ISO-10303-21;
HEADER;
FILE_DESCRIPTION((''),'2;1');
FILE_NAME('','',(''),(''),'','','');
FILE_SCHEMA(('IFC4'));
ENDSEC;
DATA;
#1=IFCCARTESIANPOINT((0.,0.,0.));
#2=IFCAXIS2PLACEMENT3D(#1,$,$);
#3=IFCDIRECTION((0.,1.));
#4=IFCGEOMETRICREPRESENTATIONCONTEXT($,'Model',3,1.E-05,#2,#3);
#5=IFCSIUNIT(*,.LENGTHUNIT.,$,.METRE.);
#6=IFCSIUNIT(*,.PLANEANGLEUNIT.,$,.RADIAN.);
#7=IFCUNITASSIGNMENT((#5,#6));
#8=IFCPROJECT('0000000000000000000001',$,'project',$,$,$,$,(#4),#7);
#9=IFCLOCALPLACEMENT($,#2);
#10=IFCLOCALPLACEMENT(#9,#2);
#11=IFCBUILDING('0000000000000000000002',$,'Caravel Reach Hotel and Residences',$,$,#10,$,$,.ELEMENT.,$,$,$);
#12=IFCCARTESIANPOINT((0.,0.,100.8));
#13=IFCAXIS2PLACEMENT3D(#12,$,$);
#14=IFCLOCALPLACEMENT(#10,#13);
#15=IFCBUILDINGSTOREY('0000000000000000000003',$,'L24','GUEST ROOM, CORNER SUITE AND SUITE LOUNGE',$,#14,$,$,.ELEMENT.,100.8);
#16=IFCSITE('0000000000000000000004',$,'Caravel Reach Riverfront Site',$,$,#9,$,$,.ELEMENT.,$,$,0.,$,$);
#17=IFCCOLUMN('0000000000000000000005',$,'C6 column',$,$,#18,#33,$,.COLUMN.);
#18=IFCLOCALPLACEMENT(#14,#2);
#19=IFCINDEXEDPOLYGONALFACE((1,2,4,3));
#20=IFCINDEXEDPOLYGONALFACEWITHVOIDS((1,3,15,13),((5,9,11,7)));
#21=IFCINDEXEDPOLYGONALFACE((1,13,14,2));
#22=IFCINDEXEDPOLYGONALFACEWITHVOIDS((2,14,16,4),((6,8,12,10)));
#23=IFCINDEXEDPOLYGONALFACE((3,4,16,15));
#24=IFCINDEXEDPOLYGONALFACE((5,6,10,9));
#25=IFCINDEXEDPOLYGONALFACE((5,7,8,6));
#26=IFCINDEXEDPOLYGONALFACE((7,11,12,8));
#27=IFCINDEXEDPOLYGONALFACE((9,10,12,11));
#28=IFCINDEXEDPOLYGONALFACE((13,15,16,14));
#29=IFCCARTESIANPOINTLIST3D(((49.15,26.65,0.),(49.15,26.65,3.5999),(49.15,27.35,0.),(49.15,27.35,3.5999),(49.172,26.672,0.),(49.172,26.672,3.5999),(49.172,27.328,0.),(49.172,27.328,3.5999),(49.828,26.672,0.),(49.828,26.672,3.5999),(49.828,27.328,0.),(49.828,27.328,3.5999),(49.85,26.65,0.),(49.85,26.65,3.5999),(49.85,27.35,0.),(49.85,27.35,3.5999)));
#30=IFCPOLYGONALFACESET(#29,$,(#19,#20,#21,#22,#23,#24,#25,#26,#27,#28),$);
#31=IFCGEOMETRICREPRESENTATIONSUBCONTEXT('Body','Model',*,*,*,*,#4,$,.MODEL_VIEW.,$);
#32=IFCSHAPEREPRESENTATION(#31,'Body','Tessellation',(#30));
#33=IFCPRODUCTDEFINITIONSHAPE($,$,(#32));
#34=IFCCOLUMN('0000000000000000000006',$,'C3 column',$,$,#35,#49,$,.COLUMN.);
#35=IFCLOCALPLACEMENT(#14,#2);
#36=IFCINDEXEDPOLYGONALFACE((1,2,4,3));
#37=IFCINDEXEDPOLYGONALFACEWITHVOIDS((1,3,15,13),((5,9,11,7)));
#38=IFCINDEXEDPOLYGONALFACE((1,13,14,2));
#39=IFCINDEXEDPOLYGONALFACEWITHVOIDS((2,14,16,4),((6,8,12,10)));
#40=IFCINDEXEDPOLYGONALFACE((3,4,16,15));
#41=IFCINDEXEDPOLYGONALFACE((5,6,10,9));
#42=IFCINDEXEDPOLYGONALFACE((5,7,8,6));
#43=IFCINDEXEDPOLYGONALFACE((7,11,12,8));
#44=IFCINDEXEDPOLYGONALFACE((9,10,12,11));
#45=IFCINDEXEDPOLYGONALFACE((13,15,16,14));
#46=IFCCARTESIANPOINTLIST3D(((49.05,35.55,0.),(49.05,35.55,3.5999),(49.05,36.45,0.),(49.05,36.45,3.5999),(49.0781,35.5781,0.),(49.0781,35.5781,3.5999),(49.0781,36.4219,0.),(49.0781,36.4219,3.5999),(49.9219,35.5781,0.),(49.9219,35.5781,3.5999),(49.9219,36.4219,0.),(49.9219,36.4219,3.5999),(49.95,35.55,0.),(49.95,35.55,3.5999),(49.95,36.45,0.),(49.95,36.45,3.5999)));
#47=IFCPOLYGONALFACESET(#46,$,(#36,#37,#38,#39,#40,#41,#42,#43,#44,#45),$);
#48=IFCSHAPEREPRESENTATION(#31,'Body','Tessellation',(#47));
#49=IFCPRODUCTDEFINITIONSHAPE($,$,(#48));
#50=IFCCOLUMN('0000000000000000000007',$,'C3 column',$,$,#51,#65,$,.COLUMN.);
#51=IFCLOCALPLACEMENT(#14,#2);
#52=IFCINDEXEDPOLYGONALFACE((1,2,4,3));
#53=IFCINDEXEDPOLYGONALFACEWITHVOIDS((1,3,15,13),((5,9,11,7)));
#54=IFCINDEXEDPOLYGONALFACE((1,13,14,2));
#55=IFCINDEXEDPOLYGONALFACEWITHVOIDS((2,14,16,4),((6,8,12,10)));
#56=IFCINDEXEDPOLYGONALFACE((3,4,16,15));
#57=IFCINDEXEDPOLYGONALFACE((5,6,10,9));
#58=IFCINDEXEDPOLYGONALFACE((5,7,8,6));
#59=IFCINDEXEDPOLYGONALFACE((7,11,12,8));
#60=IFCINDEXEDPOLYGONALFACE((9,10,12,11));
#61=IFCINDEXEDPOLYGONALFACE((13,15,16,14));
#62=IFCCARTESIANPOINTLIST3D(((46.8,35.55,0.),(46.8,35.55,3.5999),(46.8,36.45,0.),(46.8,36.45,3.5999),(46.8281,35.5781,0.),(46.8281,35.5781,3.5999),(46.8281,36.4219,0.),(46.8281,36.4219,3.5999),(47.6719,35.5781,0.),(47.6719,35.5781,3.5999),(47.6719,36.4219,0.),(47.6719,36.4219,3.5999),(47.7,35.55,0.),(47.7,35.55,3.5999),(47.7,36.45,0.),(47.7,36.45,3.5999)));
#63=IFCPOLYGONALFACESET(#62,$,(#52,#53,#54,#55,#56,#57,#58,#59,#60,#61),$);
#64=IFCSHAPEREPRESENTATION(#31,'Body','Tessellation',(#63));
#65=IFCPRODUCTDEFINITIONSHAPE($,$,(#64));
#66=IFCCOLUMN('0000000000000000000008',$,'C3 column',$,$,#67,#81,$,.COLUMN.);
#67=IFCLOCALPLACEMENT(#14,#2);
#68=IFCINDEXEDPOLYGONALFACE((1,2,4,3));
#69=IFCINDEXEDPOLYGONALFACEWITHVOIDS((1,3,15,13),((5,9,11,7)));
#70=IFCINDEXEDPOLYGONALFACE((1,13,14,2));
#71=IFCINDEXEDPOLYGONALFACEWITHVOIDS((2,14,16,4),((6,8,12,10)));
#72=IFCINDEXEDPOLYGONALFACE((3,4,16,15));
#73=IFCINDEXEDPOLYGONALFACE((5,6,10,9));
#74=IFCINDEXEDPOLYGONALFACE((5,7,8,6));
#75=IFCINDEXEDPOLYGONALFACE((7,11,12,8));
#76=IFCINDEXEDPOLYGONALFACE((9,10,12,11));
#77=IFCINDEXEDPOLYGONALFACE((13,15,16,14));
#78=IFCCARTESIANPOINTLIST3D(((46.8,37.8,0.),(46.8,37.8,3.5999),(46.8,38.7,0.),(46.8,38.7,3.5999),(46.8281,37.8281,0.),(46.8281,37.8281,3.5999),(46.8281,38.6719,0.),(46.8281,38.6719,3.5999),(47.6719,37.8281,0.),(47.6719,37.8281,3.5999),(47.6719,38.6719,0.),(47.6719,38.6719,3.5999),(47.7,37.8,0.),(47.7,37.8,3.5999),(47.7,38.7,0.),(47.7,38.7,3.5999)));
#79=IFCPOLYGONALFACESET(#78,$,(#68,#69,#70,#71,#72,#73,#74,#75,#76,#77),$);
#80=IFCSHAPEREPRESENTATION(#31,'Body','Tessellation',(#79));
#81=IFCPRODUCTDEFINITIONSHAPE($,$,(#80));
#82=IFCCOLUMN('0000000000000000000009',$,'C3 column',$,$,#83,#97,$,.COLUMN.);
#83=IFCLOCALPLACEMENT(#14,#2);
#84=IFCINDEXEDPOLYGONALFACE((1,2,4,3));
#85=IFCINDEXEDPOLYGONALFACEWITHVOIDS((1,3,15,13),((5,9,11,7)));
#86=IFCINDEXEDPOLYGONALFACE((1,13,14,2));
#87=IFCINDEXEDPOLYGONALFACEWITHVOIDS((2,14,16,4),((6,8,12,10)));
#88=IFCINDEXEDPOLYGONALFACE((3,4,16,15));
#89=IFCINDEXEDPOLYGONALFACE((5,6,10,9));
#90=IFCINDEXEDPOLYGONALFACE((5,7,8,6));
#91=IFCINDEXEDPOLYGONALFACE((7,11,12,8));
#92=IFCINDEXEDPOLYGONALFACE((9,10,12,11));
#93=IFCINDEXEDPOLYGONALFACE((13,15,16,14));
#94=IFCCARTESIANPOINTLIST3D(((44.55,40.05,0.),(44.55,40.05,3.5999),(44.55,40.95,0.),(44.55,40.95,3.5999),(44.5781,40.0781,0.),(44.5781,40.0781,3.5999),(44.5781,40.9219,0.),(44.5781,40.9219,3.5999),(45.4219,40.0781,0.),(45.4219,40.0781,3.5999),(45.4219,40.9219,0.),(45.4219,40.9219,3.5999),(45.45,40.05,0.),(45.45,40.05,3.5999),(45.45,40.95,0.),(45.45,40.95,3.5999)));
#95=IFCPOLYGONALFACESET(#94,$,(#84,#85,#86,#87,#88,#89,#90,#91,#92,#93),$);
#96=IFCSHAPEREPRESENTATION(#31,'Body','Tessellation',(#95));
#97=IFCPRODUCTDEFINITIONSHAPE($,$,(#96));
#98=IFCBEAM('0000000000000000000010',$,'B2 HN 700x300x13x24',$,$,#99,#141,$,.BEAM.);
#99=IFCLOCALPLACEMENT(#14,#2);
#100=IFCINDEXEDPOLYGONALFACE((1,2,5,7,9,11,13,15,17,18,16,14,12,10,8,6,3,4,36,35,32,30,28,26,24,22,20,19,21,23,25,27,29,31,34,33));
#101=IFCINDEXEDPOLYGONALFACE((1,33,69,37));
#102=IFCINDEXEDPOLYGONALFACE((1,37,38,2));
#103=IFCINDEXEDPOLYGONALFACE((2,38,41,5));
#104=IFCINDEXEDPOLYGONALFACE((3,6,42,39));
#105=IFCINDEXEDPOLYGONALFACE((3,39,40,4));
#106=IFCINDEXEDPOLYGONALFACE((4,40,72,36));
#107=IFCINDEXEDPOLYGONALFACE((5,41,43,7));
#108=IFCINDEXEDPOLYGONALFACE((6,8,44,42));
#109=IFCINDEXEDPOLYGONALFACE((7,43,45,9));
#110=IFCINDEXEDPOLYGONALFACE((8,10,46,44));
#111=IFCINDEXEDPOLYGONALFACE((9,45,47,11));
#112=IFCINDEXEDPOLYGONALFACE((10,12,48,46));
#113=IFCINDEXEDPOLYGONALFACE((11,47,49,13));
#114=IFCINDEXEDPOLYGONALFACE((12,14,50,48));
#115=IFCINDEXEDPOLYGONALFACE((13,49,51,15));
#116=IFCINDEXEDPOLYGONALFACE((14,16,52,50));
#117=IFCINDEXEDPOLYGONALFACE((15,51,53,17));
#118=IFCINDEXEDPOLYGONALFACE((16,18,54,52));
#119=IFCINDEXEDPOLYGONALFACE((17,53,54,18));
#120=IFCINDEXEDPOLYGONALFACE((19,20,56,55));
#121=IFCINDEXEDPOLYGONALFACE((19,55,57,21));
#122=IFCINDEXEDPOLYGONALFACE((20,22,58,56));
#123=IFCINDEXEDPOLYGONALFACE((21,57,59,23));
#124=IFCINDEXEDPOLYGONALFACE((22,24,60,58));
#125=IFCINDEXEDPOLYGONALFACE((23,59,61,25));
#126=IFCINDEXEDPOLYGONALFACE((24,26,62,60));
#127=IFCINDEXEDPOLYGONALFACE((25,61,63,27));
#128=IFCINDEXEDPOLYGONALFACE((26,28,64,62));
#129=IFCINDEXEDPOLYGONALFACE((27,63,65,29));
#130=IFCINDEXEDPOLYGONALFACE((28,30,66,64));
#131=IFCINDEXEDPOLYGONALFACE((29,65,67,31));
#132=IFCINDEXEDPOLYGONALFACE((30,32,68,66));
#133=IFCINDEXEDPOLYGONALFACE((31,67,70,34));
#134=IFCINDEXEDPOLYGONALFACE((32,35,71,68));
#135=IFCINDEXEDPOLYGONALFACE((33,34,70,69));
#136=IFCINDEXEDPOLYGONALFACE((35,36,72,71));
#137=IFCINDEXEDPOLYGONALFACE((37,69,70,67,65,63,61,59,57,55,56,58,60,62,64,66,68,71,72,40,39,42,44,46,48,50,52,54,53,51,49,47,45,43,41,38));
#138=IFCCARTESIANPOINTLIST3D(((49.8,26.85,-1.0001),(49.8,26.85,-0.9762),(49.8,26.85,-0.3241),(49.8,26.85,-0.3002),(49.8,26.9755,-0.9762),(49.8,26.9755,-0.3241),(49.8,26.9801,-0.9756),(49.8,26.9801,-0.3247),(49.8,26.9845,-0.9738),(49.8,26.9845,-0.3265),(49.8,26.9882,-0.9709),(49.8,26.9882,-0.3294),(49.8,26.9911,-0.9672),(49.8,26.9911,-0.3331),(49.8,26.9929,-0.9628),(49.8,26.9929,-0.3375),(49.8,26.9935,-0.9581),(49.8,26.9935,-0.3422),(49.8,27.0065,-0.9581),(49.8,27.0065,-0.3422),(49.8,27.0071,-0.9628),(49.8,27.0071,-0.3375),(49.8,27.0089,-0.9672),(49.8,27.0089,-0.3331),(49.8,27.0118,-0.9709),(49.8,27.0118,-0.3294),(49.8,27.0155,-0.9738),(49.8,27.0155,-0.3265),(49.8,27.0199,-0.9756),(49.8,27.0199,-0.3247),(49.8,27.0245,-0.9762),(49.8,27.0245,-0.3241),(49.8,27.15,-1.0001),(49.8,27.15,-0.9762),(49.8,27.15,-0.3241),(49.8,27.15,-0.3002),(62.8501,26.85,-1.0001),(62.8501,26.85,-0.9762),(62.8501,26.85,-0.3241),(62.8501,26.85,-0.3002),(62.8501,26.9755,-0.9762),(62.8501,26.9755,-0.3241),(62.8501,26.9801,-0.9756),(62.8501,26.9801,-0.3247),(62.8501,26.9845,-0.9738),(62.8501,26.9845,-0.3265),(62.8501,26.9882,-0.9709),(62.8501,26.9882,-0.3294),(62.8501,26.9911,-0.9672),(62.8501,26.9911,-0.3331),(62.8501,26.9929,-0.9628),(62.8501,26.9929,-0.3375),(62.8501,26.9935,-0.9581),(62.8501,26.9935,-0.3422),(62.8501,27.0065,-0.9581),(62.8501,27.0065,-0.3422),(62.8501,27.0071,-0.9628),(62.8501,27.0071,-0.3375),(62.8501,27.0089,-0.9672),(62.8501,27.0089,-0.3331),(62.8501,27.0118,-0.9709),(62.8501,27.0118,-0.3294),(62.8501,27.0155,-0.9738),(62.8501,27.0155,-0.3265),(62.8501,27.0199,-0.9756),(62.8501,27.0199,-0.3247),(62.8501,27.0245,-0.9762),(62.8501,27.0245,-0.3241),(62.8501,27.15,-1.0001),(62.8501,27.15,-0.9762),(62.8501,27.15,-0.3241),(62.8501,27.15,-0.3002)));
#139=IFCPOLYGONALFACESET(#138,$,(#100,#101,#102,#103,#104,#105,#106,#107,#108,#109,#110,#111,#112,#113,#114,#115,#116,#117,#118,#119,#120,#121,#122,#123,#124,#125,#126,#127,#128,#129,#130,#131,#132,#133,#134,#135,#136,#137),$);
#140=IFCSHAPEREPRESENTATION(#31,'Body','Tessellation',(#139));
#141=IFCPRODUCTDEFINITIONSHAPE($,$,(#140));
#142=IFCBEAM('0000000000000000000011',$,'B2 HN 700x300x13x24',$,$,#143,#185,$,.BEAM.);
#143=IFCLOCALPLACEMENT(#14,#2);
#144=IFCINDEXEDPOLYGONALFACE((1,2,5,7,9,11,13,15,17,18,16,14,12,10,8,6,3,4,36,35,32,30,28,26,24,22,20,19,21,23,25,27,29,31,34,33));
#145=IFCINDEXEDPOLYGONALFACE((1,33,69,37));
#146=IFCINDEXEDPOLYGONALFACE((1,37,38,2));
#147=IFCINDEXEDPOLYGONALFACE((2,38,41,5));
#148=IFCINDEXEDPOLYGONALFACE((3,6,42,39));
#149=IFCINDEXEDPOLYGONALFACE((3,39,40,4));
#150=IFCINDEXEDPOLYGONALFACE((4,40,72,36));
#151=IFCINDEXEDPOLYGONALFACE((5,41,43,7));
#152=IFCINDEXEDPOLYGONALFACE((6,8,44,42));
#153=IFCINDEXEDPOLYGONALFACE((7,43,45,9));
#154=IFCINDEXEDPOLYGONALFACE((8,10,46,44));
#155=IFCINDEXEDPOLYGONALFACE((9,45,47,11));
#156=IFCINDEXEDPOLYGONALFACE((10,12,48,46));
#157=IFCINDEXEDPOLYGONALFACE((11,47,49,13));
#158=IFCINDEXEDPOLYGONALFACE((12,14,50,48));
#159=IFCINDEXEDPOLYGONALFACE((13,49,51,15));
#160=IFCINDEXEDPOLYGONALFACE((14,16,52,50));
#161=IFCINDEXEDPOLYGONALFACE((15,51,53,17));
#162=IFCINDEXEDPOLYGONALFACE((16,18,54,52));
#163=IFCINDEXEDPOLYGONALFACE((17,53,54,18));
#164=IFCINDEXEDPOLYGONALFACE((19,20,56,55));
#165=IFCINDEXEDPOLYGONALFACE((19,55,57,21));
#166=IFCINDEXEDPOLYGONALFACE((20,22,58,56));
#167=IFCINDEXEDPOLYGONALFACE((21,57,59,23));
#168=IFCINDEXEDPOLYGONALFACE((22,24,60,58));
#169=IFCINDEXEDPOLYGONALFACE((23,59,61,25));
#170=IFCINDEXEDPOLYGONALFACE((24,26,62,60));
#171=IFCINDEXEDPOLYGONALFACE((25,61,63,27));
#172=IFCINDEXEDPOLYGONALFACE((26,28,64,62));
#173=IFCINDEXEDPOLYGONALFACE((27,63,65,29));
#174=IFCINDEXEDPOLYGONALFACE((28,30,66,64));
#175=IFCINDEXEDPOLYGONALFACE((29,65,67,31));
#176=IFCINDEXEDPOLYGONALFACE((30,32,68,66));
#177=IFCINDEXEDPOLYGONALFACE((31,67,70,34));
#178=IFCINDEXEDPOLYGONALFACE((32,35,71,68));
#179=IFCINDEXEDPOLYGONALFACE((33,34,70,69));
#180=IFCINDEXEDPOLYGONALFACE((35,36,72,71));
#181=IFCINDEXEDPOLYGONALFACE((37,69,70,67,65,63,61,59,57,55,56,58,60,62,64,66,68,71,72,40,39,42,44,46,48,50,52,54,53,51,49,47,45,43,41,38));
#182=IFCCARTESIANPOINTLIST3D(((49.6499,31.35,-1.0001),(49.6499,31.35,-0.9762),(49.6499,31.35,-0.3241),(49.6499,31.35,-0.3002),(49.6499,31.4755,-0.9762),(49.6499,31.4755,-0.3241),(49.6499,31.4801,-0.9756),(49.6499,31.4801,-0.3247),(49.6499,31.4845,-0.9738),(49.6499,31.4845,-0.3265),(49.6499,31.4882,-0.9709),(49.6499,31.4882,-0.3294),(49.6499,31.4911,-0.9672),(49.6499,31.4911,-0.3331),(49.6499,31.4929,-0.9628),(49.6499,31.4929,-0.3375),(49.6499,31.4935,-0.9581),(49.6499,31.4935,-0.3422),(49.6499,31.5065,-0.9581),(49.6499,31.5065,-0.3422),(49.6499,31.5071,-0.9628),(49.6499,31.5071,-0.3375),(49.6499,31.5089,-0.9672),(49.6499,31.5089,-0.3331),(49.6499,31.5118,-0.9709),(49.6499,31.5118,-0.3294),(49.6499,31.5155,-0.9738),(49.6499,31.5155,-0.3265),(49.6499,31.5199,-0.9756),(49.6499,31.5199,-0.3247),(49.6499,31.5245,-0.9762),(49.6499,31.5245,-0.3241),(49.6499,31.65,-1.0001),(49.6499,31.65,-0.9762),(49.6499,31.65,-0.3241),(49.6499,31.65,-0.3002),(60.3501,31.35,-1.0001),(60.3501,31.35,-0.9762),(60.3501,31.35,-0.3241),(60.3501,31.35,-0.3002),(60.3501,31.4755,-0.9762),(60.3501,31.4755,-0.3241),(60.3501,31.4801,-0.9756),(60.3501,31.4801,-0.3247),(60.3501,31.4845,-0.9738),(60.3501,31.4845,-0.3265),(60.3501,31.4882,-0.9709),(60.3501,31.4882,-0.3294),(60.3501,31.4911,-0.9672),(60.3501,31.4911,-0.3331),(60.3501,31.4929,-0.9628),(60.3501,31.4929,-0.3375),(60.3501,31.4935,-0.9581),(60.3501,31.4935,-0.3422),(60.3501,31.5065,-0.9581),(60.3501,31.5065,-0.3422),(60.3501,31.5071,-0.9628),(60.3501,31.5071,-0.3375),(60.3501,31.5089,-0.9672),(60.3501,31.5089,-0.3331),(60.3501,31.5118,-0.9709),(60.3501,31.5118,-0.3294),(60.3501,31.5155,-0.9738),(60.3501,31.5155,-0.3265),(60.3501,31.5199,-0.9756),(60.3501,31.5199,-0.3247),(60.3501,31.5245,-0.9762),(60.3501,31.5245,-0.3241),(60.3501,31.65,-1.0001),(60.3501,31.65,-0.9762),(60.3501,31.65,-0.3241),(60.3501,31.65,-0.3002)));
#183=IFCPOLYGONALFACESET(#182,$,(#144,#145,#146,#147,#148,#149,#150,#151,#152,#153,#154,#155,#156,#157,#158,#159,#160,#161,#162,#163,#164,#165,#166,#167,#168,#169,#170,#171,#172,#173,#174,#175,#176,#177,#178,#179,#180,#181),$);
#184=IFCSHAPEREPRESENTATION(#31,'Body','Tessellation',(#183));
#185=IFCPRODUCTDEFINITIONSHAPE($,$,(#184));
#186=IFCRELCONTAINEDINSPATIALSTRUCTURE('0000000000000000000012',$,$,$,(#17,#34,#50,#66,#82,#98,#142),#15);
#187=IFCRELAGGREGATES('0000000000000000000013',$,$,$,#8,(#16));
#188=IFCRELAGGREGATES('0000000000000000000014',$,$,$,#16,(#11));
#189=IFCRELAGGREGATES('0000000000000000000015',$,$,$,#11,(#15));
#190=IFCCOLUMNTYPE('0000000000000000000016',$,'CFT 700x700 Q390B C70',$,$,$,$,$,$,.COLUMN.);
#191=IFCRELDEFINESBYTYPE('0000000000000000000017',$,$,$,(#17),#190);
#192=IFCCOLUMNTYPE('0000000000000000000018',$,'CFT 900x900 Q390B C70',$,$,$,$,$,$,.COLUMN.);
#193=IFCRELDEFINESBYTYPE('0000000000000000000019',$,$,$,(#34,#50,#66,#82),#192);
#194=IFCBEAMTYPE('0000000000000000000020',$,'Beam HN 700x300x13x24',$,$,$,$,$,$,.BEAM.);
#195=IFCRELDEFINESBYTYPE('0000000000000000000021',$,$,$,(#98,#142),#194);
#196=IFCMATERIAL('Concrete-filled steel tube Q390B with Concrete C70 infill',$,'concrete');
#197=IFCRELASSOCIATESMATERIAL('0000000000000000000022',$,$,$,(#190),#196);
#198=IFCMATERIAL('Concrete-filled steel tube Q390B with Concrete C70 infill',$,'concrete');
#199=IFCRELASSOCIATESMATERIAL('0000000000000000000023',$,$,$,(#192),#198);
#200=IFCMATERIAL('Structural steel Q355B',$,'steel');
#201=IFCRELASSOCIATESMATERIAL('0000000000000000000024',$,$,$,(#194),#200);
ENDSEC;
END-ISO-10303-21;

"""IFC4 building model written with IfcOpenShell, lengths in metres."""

from ifc_helpers import new_model, si_unit, direction, frame, origin, origin_2d, place, context, subcontext, project, spatial, hollow_rectangle, i_section, extrude, material, material_profile, profile_set, type_object, element, save


model = new_model("IFC4")

# Units and contexts
model_context = context("Model", 3, precision=1e-05, world=origin(), true_north=direction((0.0, 1.0)))
body_context = subcontext(model_context, "Body", "Model", "MODEL_VIEW")
ifc_project = project(units=[si_unit("LENGTHUNIT", "METRE"), si_unit("PLANEANGLEUNIT", "RADIAN")], contexts=[model_context])

# Site, building, storey
site_placement = place(None, origin())
site = spatial("IfcSite", under=ifc_project, at=site_placement, Name="Caravel Reach Riverfront Site", CompositionType="ELEMENT", RefElevation=0.0)
building_placement = place(site_placement, origin())
building = spatial("IfcBuilding", under=site, at=building_placement, Name="Caravel Reach Hotel and Residences", CompositionType="ELEMENT")
storey_placement = place(building_placement, frame((0.0, 0.0, 100.8)))
storey = spatial("IfcBuildingStorey", under=building, at=storey_placement, Name="L24", Description="GUEST ROOM, CORNER SUITE AND SUITE LOUNGE", CompositionType="ELEMENT", Elevation=100.8)

# Columns
ifc_material_1 = material(Name="Concrete-filled steel tube Q390B with Concrete C70 infill", Category="concrete")
ifc_material_profile_1 = material_profile(ifc_material_1, hollow_rectangle(XDim=0.7, YDim=0.7, WallThickness=0.022, at=origin_2d()), Name="RHS 700x700x22")
ifc_profile_set_1 = profile_set([ifc_material_profile_1], Name="Concrete-filled steel tube Q390B with Concrete C70 infill")
column_type_1 = type_object("IfcColumnType", Name="CFT 700x700 Q390B C70", PredefinedType="COLUMN", material=ifc_profile_set_1)
column_placement = place(storey_placement, frame((49.5, 27.0, 0.0), z_axis=(0.0, 0.0, 1.0), x_axis=(1.0, 0.0, 0.0)))
element("IfcColumn", 1, at=column_placement, inside=storey, type_object=column_type_1, Name="C6 column", PredefinedType="COLUMN", context=body_context, shape_type="SweptSolid", body=[
    extrude(hollow_rectangle(XDim=0.7, YDim=0.7, WallThickness=0.022, at=origin_2d()), origin(), (0.0, 0.0, 1.0), 3.5999),
])
ifc_material_2 = material(Name="Concrete-filled steel tube Q390B with Concrete C70 infill", Category="concrete")
ifc_material_profile_2 = material_profile(ifc_material_2, hollow_rectangle(XDim=0.8999, YDim=0.8999, WallThickness=0.0281, at=origin_2d()), Name="RHS 900x900x28")
ifc_profile_set_2 = profile_set([ifc_material_profile_2], Name="Concrete-filled steel tube Q390B with Concrete C70 infill")
column_type_2 = type_object("IfcColumnType", Name="CFT 900x900 Q390B C70", PredefinedType="COLUMN", material=ifc_profile_set_2)
for number, where, z_axis, x_axis, name in (
    (2, (49.5, 36.0, 0.0), (0.0, 0.0, 1.0), (1.0, 0.0, 0.0), "C3 column"),
    (3, (47.25, 36.0, 0.0), (0.0, 0.0, 1.0), (1.0, 0.0, 0.0), "C3 column"),
    (4, (47.25, 38.25, 0.0), (0.0, 0.0, 1.0), (1.0, 0.0, 0.0), "C3 column"),
    (5, (45.0, 40.5, 0.0), (0.0, 0.0, 1.0), (1.0, 0.0, 0.0), "C3 column"),
):
    element("IfcColumn", number, at=place(storey_placement, frame(where, z_axis=z_axis, x_axis=x_axis)), inside=storey, type_object=column_type_2, Name=name, PredefinedType="COLUMN", context=body_context, shape_type="SweptSolid", body=[
        extrude(hollow_rectangle(XDim=0.8999, YDim=0.8999, WallThickness=0.0281, at=origin_2d()), origin(), (0.0, 0.0, 1.0), 3.5999),
    ])

# Beams
ifc_material_3 = material(Name="Structural steel Q355B", Category="steel")
ifc_material_profile_3 = material_profile(ifc_material_3, i_section(OverallWidth=0.3, OverallDepth=0.7, WebThickness=0.0129, FlangeThickness=0.0239, FilletRadius=0.0181, at=origin_2d()), Name="HN 700x300x13x24")
ifc_profile_set_3 = profile_set([ifc_material_profile_3], Name="Structural steel Q355B")
beam_type_1 = type_object("IfcBeamType", Name="Beam HN 700x300x13x24", PredefinedType="BEAM", material=ifc_profile_set_3)
beam_1_placement = place(storey_placement, frame((49.8, 27.0, -0.6501), z_axis=(1.0, 0.0, 0.0), x_axis=(0.0, 1.0, 0.0)))
element("IfcBeam", 6, at=beam_1_placement, inside=storey, type_object=beam_type_1, Name="B2 HN 700x300x13x24", PredefinedType="BEAM", context=body_context, shape_type="SweptSolid", body=[
    extrude(i_section(OverallWidth=0.3, OverallDepth=0.7, WebThickness=0.0129, FlangeThickness=0.0239, FilletRadius=0.0181, at=origin_2d()), origin(), (0.0, 0.0, 1.0), 13.05),
])
beam_2_placement = place(storey_placement, frame((49.6499, 31.5, -0.6501), z_axis=(1.0, 0.0, 0.0), x_axis=(0.0, 1.0, 0.0)))
element("IfcBeam", 7, at=beam_2_placement, inside=storey, type_object=beam_type_1, Name="B2 HN 700x300x13x24", PredefinedType="BEAM", context=body_context, shape_type="SweptSolid", body=[
    extrude(i_section(OverallWidth=0.3, OverallDepth=0.7, WebThickness=0.0129, FlangeThickness=0.0239, FilletRadius=0.0181, at=origin_2d()), origin(), (0.0, 0.0, 1.0), 10.7002),
])

save(model, "model.ifc")
